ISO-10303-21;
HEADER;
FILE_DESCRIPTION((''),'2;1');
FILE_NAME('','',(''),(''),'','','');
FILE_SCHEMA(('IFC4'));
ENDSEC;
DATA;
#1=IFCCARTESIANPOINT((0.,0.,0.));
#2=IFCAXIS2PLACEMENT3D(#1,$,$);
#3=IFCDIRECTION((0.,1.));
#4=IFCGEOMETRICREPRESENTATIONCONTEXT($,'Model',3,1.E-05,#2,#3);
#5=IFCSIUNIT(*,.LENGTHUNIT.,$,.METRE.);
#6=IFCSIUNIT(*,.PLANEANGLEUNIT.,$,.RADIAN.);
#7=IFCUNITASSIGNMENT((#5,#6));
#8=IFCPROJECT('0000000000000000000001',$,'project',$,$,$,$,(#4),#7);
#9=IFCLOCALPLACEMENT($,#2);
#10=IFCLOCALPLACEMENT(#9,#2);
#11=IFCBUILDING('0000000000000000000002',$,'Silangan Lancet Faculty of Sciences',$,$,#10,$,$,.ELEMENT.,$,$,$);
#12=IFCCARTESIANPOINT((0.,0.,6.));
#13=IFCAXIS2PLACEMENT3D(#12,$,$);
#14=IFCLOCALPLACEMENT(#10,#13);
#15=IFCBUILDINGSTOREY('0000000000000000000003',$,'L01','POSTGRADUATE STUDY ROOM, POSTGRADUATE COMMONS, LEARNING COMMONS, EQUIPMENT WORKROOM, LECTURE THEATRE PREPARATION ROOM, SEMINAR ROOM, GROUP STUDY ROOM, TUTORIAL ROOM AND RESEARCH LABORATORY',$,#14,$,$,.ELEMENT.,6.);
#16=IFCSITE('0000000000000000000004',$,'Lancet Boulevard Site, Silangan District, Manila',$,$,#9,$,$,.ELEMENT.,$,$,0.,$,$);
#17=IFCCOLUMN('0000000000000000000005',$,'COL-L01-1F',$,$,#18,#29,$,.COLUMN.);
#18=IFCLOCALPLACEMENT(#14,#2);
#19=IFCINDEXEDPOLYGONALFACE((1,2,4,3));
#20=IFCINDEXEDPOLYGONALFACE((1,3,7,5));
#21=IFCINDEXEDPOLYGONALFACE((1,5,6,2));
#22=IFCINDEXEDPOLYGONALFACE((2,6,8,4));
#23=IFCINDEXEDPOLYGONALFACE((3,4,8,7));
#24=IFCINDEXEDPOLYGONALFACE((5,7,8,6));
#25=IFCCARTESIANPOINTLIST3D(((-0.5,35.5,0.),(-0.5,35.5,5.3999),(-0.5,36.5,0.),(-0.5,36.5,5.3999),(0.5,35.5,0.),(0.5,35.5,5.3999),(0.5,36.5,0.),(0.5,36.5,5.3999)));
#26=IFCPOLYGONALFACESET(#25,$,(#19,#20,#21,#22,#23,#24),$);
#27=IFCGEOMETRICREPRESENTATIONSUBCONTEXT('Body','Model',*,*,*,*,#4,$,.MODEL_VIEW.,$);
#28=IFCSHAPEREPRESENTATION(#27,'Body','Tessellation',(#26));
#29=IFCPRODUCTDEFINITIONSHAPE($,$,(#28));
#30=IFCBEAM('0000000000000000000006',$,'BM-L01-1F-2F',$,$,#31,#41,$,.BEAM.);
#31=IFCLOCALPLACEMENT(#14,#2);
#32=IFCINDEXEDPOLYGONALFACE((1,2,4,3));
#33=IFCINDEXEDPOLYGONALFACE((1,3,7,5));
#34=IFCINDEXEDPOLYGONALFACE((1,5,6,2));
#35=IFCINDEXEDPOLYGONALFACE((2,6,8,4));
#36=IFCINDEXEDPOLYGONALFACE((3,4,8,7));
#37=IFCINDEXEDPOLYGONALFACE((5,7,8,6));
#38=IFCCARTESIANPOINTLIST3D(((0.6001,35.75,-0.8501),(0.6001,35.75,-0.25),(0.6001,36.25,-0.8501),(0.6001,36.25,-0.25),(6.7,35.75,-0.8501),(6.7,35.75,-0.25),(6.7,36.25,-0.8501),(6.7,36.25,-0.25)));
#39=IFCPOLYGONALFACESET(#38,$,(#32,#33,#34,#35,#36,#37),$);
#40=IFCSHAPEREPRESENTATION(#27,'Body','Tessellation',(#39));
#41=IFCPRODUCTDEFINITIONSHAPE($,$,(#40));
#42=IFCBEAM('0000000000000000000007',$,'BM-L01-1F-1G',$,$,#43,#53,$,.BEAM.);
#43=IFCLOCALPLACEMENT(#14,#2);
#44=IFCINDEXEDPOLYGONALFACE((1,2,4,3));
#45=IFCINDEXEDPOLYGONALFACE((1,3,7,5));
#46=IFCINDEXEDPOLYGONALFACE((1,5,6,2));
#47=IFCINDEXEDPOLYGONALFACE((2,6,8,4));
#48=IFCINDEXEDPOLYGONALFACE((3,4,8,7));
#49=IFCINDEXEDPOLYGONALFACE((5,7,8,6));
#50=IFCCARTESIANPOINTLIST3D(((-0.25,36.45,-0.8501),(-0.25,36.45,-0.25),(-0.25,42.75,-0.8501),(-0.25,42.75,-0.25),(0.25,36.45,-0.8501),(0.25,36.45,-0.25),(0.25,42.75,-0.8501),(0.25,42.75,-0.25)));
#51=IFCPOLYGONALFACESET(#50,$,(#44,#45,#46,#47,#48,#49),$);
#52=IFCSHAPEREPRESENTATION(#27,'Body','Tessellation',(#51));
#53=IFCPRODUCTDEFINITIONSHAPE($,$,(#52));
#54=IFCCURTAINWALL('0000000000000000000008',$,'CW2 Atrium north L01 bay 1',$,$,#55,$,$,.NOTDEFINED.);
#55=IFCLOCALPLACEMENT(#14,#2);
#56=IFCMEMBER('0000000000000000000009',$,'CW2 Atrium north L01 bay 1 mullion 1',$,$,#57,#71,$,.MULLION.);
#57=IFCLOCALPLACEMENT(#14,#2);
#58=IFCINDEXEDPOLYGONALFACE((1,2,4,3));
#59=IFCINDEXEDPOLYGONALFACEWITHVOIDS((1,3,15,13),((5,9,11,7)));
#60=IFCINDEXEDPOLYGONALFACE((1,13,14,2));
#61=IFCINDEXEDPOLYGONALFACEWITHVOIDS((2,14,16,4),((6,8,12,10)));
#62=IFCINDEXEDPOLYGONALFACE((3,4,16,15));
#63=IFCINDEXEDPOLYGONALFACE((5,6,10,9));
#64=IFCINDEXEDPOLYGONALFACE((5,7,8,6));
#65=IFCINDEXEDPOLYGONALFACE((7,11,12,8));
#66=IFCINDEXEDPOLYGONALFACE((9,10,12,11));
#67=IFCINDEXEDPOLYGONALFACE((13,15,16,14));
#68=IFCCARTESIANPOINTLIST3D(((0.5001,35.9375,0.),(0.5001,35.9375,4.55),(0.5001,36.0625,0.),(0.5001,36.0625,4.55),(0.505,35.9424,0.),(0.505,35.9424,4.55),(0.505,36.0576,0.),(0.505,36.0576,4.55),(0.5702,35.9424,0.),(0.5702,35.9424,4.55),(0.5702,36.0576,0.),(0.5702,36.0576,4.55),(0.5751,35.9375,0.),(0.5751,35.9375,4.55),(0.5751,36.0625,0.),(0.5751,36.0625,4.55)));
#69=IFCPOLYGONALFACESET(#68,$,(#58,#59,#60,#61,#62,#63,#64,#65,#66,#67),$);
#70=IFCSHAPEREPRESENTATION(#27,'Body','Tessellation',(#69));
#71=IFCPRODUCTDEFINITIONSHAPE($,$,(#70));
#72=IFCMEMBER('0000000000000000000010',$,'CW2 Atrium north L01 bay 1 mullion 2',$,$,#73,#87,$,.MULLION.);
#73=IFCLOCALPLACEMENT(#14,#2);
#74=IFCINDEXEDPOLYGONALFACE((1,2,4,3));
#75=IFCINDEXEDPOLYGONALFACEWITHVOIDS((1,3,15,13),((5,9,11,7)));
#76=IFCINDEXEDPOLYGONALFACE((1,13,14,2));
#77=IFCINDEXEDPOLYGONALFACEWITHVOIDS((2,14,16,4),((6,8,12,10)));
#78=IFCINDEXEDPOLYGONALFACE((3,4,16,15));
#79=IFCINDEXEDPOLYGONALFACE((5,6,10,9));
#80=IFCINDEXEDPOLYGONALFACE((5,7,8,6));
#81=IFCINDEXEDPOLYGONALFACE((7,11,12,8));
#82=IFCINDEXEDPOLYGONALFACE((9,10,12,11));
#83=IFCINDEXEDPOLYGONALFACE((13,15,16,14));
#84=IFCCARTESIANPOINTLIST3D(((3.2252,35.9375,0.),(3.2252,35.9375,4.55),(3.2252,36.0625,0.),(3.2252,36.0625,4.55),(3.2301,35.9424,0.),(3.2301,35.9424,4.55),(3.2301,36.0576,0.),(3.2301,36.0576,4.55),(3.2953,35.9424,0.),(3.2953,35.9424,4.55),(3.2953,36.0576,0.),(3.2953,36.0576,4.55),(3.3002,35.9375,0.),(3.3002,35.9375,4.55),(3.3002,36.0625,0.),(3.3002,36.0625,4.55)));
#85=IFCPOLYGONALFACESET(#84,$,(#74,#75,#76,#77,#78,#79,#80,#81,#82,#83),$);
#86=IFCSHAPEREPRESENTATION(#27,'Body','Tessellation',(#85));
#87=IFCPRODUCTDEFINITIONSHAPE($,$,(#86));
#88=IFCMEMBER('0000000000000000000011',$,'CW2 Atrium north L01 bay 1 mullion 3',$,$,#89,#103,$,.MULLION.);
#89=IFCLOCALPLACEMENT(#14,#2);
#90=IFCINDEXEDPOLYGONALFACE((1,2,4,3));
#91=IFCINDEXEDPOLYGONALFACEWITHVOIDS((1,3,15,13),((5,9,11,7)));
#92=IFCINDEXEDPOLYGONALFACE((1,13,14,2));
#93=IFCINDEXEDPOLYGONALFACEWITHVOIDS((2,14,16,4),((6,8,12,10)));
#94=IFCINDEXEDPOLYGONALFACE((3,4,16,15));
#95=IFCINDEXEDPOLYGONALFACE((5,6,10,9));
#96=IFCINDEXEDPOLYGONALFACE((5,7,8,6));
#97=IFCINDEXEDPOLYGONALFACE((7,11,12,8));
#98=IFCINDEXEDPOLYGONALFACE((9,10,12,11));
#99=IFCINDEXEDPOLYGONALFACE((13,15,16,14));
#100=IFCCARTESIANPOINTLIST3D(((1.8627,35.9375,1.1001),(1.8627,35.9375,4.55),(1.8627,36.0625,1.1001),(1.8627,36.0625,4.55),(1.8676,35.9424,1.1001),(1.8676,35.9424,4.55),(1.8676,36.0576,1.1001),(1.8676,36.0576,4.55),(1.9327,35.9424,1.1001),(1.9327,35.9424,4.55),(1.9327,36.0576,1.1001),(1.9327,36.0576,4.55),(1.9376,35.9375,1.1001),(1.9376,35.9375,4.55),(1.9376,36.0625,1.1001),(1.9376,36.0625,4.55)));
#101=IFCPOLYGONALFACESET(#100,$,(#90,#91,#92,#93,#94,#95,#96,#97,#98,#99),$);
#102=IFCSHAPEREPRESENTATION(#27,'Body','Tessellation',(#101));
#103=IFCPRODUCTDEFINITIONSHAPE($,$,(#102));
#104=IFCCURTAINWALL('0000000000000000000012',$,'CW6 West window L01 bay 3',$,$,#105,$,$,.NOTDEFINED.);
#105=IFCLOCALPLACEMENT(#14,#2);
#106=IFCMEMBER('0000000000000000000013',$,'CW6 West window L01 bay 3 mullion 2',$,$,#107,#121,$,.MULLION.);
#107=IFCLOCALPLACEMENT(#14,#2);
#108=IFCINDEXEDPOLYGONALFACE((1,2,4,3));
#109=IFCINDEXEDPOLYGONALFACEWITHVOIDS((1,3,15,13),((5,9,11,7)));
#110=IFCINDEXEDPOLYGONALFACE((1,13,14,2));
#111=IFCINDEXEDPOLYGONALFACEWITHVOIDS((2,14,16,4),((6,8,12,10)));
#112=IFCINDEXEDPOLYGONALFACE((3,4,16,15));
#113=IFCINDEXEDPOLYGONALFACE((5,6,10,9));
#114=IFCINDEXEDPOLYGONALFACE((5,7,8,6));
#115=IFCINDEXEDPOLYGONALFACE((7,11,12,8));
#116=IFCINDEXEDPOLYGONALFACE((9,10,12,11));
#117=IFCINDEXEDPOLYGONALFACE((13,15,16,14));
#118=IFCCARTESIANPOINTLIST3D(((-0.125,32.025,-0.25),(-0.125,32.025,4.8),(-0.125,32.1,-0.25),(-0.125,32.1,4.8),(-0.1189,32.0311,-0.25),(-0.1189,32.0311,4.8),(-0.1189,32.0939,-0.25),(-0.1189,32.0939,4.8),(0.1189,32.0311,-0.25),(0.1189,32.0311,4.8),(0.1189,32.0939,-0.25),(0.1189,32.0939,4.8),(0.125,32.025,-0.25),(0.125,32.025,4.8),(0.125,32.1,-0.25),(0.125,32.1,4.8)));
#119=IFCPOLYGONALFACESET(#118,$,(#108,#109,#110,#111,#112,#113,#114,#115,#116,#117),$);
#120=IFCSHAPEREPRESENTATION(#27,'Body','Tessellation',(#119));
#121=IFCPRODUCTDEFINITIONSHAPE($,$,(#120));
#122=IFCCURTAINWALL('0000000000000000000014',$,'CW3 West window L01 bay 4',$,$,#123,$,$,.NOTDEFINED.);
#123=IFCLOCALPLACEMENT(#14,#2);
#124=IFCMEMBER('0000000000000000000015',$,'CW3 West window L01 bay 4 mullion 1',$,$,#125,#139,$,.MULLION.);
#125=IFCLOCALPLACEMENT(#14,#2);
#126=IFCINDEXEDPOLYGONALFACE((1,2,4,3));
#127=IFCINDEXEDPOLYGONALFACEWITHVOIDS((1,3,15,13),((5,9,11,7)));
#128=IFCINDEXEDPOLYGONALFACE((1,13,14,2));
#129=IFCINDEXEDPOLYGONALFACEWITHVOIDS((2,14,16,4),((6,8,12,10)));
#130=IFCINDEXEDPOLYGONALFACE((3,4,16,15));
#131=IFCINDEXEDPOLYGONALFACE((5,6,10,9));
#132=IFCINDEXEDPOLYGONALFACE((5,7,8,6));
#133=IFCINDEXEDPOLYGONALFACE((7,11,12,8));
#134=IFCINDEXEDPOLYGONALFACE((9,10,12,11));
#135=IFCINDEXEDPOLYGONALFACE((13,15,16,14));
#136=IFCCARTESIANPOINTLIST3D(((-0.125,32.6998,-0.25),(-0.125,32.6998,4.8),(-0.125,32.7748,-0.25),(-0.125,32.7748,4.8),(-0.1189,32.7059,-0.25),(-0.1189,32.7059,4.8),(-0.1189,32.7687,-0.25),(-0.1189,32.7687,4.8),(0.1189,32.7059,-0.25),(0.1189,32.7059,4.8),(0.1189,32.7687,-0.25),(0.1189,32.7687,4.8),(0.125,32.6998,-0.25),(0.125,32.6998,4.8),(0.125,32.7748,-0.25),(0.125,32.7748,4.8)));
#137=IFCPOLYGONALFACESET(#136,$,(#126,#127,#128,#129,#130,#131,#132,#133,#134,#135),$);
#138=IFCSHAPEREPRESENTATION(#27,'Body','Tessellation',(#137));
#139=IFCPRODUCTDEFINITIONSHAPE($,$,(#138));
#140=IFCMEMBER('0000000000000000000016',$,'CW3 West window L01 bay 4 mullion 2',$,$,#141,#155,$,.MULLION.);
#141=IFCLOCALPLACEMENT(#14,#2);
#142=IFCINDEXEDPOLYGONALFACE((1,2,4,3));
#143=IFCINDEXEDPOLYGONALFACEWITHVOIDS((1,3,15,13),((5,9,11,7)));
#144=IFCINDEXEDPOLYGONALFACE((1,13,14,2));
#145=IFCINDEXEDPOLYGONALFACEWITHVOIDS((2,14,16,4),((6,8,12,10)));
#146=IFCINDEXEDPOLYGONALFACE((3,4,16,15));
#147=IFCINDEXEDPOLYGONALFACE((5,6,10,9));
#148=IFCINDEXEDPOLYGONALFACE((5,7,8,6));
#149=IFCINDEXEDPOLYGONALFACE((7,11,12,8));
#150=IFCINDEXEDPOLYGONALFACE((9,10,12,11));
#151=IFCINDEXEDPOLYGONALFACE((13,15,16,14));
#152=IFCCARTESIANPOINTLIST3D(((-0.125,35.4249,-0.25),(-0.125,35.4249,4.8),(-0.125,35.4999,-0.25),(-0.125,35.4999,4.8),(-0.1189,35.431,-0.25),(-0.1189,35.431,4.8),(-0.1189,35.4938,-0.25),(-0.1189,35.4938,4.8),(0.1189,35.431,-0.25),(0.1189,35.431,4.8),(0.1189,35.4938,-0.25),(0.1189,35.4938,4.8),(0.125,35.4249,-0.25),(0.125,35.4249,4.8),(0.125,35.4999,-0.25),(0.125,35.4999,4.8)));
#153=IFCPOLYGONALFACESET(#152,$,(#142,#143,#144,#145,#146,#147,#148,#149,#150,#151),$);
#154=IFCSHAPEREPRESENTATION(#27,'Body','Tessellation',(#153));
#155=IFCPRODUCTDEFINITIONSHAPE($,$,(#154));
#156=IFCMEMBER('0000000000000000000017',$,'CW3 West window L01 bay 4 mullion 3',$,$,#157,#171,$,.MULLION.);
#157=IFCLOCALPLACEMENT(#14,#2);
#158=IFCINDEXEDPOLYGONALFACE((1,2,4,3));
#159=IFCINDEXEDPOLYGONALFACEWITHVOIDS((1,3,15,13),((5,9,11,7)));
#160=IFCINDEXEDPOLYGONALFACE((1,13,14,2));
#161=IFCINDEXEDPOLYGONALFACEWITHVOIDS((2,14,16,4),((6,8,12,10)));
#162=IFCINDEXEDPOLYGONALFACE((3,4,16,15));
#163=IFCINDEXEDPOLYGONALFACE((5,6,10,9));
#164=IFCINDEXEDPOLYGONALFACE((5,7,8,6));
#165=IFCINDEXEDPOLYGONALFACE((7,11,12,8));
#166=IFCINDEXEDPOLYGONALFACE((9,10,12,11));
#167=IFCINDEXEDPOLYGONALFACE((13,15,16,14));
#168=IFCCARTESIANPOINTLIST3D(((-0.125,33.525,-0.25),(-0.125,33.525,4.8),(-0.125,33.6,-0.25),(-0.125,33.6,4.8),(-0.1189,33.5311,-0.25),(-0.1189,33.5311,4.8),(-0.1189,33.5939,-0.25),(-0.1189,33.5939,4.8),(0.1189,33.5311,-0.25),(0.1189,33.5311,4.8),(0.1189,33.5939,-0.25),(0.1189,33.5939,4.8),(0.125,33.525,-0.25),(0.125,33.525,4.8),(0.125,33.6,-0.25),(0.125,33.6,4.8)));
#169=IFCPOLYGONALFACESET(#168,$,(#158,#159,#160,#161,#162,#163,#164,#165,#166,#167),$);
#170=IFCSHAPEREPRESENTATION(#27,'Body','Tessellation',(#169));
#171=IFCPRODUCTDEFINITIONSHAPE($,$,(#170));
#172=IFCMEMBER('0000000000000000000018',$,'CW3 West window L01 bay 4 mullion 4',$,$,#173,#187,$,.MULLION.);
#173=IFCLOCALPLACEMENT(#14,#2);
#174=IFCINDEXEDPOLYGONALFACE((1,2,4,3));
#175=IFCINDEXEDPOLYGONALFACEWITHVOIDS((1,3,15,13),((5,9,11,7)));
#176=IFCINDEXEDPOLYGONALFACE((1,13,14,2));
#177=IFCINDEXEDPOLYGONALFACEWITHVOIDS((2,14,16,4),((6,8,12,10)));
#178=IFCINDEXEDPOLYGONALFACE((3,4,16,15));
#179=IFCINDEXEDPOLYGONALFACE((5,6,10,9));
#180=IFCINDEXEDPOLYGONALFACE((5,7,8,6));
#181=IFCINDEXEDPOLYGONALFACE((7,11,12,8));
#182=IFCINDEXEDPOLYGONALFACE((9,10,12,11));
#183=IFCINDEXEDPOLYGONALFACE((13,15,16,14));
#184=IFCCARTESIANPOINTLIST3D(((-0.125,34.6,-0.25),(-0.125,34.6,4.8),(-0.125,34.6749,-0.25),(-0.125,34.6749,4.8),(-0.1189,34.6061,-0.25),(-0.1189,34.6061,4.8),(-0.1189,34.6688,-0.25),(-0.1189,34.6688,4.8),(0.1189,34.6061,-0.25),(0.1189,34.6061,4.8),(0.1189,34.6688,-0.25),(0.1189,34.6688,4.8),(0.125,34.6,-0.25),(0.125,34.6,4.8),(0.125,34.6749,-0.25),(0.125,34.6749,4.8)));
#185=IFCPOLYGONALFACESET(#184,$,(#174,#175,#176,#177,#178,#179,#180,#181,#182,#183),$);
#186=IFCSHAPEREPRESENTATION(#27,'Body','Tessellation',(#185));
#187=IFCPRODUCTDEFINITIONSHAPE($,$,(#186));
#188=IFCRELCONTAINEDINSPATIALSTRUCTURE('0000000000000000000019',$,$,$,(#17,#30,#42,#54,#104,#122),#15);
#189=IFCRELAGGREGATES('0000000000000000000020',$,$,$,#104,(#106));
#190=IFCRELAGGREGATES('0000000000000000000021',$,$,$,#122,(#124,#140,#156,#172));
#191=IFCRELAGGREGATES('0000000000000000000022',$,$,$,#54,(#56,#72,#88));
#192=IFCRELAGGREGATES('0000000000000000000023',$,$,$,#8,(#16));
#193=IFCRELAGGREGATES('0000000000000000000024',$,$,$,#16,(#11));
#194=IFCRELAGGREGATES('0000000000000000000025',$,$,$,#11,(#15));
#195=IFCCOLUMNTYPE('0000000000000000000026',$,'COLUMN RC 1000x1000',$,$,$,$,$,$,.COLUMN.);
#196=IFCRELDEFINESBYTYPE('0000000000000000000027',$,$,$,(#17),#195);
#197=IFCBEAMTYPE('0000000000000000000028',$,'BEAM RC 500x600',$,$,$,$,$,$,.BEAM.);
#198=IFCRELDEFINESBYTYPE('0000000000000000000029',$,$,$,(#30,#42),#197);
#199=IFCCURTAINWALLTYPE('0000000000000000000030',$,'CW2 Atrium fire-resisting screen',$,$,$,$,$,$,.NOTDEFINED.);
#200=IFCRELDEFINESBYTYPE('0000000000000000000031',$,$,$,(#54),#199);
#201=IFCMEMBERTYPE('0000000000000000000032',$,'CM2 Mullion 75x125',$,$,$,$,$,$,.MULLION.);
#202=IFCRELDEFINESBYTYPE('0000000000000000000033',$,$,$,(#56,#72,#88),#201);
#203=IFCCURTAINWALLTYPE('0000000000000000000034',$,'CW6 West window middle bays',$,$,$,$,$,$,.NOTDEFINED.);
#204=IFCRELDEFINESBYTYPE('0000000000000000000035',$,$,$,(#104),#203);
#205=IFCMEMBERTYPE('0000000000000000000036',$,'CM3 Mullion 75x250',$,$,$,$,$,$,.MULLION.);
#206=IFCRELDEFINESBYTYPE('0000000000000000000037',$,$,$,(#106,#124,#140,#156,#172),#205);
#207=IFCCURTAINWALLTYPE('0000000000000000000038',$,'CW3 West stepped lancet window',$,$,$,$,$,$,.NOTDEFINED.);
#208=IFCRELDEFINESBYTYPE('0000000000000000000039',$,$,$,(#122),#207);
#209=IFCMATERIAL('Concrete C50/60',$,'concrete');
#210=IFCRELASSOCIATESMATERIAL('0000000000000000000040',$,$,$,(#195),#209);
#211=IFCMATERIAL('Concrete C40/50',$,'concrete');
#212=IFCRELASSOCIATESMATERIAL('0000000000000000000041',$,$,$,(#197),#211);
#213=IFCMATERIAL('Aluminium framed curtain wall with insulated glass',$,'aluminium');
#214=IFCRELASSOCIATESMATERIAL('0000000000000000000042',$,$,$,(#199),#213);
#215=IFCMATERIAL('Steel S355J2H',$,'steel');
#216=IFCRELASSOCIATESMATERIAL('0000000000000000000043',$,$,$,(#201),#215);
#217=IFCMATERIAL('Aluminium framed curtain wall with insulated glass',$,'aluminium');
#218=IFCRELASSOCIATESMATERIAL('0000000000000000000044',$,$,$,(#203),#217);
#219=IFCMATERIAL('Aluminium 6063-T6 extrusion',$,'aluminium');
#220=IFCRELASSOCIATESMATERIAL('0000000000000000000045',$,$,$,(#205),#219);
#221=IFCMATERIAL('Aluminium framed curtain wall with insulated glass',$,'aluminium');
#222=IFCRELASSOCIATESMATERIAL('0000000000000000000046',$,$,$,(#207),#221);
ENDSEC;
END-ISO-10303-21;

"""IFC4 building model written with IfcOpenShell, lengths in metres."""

from ifc_helpers import new_model, si_unit, direction, frame, origin, origin_2d, place, context, subcontext, project, spatial, rectangle, hollow_rectangle, extrude, material, material_profile, profile_set, type_object, element, aggregate, save


model = new_model("IFC4")

# Units and contexts
model_context = context("Model", 3, precision=1e-05, world=origin(), true_north=direction((0.0, 1.0)))
body_context = subcontext(model_context, "Body", "Model", "MODEL_VIEW")
ifc_project = project(units=[si_unit("LENGTHUNIT", "METRE"), si_unit("PLANEANGLEUNIT", "RADIAN")], contexts=[model_context])

# Site, building, storey
site_placement = place(None, origin())
site = spatial("IfcSite", under=ifc_project, at=site_placement, Name="Lancet Boulevard Site, Silangan District, Manila", CompositionType="ELEMENT", RefElevation=0.0)
building_placement = place(site_placement, origin())
building = spatial("IfcBuilding", under=site, at=building_placement, Name="Silangan Lancet Faculty of Sciences", CompositionType="ELEMENT")
storey_placement = place(building_placement, frame((0.0, 0.0, 6.0)))
storey = spatial("IfcBuildingStorey", under=building, at=storey_placement, Name="L01", Description="POSTGRADUATE STUDY ROOM, POSTGRADUATE COMMONS, LEARNING COMMONS, EQUIPMENT WORKROOM, LECTURE THEATRE PREPARATION ROOM, SEMINAR ROOM, GROUP STUDY ROOM, TUTORIAL ROOM AND RESEARCH LABORATORY", CompositionType="ELEMENT", Elevation=6.0)

# Column
ifc_material_1 = material(Name="Concrete C50/60", Category="concrete")
ifc_material_profile_1 = material_profile(ifc_material_1, rectangle(XDim=1.0, YDim=1.0, at=origin_2d()), Name="RC 1000x1000")
ifc_profile_set_1 = profile_set([ifc_material_profile_1], Name="Concrete C50/60")
column_type = type_object("IfcColumnType", Name="COLUMN RC 1000x1000", PredefinedType="COLUMN", material=ifc_profile_set_1)
column_placement = place(storey_placement, frame((0.0, 36.0, 0.0), z_axis=(0.0, 0.0, 1.0), x_axis=(1.0, 0.0, 0.0)))
element("IfcColumn", 1, at=column_placement, inside=storey, type_object=column_type, Name="COL-L01-1F", PredefinedType="COLUMN", context=body_context, shape_type="SweptSolid", body=[
    extrude(rectangle(XDim=1.0, YDim=1.0, at=origin_2d()), origin(), (0.0, 0.0, 1.0), 5.3999),
])

# Beams
ifc_material_2 = material(Name="Concrete C40/50", Category="concrete")
ifc_material_profile_2 = material_profile(ifc_material_2, rectangle(XDim=0.5, YDim=0.6001, at=origin_2d()), Name="RC 500x600")
ifc_profile_set_2 = profile_set([ifc_material_profile_2], Name="Concrete C40/50")
beam_type = type_object("IfcBeamType", Name="BEAM RC 500x600", PredefinedType="BEAM", material=ifc_profile_set_2)
beam_1_placement = place(storey_placement, frame((0.6001, 36.0, -0.55), z_axis=(1.0, 0.0, 0.0), x_axis=(0.0, 1.0, 0.0)))
element("IfcBeam", 2, at=beam_1_placement, inside=storey, type_object=beam_type, Name="BM-L01-1F-2F", PredefinedType="BEAM", context=body_context, shape_type="SweptSolid", body=[
    extrude(rectangle(XDim=0.5, YDim=0.6001, at=origin_2d()), origin(), (0.0, 0.0, 1.0), 6.0999),
])
beam_2_placement = place(storey_placement, frame((0.0, 36.45, -0.55), z_axis=(0.0, 1.0, 0.0), x_axis=(-1.0, 0.0, 0.0)))
element("IfcBeam", 3, at=beam_2_placement, inside=storey, type_object=beam_type, Name="BM-L01-1F-1G", PredefinedType="BEAM", context=body_context, shape_type="SweptSolid", body=[
    extrude(rectangle(XDim=0.5, YDim=0.6001, at=origin_2d()), origin(), (0.0, 0.0, 1.0), 6.3),
])

# Curtain wall, members
ifc_material_3 = material(Name="Aluminium framed curtain wall with insulated glass", Category="aluminium")
curtain_wall_type_1 = type_object("IfcCurtainWallType", Name="CW2 Atrium fire-resisting screen", PredefinedType="NOTDEFINED", material=ifc_material_3)
curtain_wall_1_placement = place(storey_placement, origin())
curtain_wall_1 = element("IfcCurtainWall", 4, at=curtain_wall_1_placement, inside=storey, type_object=curtain_wall_type_1, Name="CW2 Atrium north L01 bay 1", PredefinedType="NOTDEFINED")
ifc_material_4 = material(Name="Steel S355J2H", Category="steel")
ifc_material_profile_3 = material_profile(ifc_material_4, hollow_rectangle(XDim=0.075, YDim=0.125, WallThickness=0.0049, at=origin_2d()), Name="ST BOX 75x125x5")
ifc_profile_set_3 = profile_set([ifc_material_profile_3], Name="Steel S355J2H")
member_type_1 = type_object("IfcMemberType", Name="CM2 Mullion 75x125", PredefinedType="MULLION", material=ifc_profile_set_3)
member_1_placement = place(storey_placement, frame((0.5376, 36.0, 0.0), z_axis=(0.0, 0.0, 1.0), x_axis=(1.0, 0.0, 0.0)))
member_1 = element("IfcMember", 5, at=member_1_placement, type_object=member_type_1, Name="CW2 Atrium north L01 bay 1 mullion 1", PredefinedType="MULLION", context=body_context, shape_type="SweptSolid", body=[
    extrude(hollow_rectangle(XDim=0.075, YDim=0.125, WallThickness=0.0049, at=origin_2d()), origin(), (0.0, 0.0, 1.0), 4.55),
])
member_2_placement = place(storey_placement, frame((3.2627, 36.0, 0.0), z_axis=(0.0, 0.0, 1.0), x_axis=(1.0, 0.0, 0.0)))
member_2 = element("IfcMember", 6, at=member_2_placement, type_object=member_type_1, Name="CW2 Atrium north L01 bay 1 mullion 2", PredefinedType="MULLION", context=body_context, shape_type="SweptSolid", body=[
    extrude(hollow_rectangle(XDim=0.075, YDim=0.125, WallThickness=0.0049, at=origin_2d()), origin(), (0.0, 0.0, 1.0), 4.55),
])
member_3_placement = place(storey_placement, frame((1.9001, 36.0, 1.1001), z_axis=(0.0, 0.0, 1.0), x_axis=(1.0, 0.0, 0.0)))
member_3 = element("IfcMember", 7, at=member_3_placement, type_object=member_type_1, Name="CW2 Atrium north L01 bay 1 mullion 3", PredefinedType="MULLION", context=body_context, shape_type="SweptSolid", body=[
    extrude(hollow_rectangle(XDim=0.075, YDim=0.125, WallThickness=0.0049, at=origin_2d()), origin(), (0.0, 0.0, 1.0), 3.45),
])

# Curtain wall, member
ifc_material_5 = material(Name="Aluminium framed curtain wall with insulated glass", Category="aluminium")
curtain_wall_type_2 = type_object("IfcCurtainWallType", Name="CW6 West window middle bays", PredefinedType="NOTDEFINED", material=ifc_material_5)
curtain_wall_2_placement = place(storey_placement, origin())
curtain_wall_2 = element("IfcCurtainWall", 8, at=curtain_wall_2_placement, inside=storey, type_object=curtain_wall_type_2, Name="CW6 West window L01 bay 3", PredefinedType="NOTDEFINED")
ifc_material_6 = material(Name="Aluminium 6063-T6 extrusion", Category="aluminium")
ifc_material_profile_4 = material_profile(ifc_material_6, hollow_rectangle(XDim=0.075, YDim=0.25, WallThickness=0.0061, at=origin_2d()), Name="AL BOX 75x250x6")
ifc_profile_set_4 = profile_set([ifc_material_profile_4], Name="Aluminium 6063-T6 extrusion")
member_type_2 = type_object("IfcMemberType", Name="CM3 Mullion 75x250", PredefinedType="MULLION", material=ifc_profile_set_4)
member_4_placement = place(storey_placement, frame((0.0, 32.0625, -0.25), z_axis=(0.0, 0.0, 1.0), x_axis=(0.0, 1.0, 0.0)))
member_4 = element("IfcMember", 9, at=member_4_placement, type_object=member_type_2, Name="CW6 West window L01 bay 3 mullion 2", PredefinedType="MULLION", context=body_context, shape_type="SweptSolid", body=[
    extrude(hollow_rectangle(XDim=0.075, YDim=0.25, WallThickness=0.0061, at=origin_2d()), origin(), (0.0, 0.0, 1.0), 5.05),
])

# Curtain wall, members
ifc_material_7 = material(Name="Aluminium framed curtain wall with insulated glass", Category="aluminium")
curtain_wall_type_3 = type_object("IfcCurtainWallType", Name="CW3 West stepped lancet window", PredefinedType="NOTDEFINED", material=ifc_material_7)
curtain_wall_3_placement = place(storey_placement, origin())
curtain_wall_3 = element("IfcCurtainWall", 10, at=curtain_wall_3_placement, inside=storey, type_object=curtain_wall_type_3, Name="CW3 West window L01 bay 4", PredefinedType="NOTDEFINED")
member_5_placement = place(storey_placement, frame((0.0, 32.7373, -0.25), z_axis=(0.0, 0.0, 1.0), x_axis=(0.0, 1.0, 0.0)))
member_5 = element("IfcMember", 11, at=member_5_placement, type_object=member_type_2, Name="CW3 West window L01 bay 4 mullion 1", PredefinedType="MULLION", context=body_context, shape_type="SweptSolid", body=[
    extrude(hollow_rectangle(XDim=0.075, YDim=0.25, WallThickness=0.0061, at=origin_2d()), origin(), (0.0, 0.0, 1.0), 5.05),
])
member_6_placement = place(storey_placement, frame((0.0, 35.4624, -0.25), z_axis=(0.0, 0.0, 1.0), x_axis=(0.0, 1.0, 0.0)))
member_6 = element("IfcMember", 12, at=member_6_placement, type_object=member_type_2, Name="CW3 West window L01 bay 4 mullion 2", PredefinedType="MULLION", context=body_context, shape_type="SweptSolid", body=[
    extrude(hollow_rectangle(XDim=0.075, YDim=0.25, WallThickness=0.0061, at=origin_2d()), origin(), (0.0, 0.0, 1.0), 5.05),
])
member_7_placement = place(storey_placement, frame((0.0, 33.5625, -0.25), z_axis=(0.0, 0.0, 1.0), x_axis=(0.0, 1.0, 0.0)))
member_7 = element("IfcMember", 13, at=member_7_placement, type_object=member_type_2, Name="CW3 West window L01 bay 4 mullion 3", PredefinedType="MULLION", context=body_context, shape_type="SweptSolid", body=[
    extrude(hollow_rectangle(XDim=0.075, YDim=0.25, WallThickness=0.0061, at=origin_2d()), origin(), (0.0, 0.0, 1.0), 5.05),
])
member_8_placement = place(storey_placement, frame((0.0, 34.6375, -0.25), z_axis=(0.0, 0.0, 1.0), x_axis=(0.0, 1.0, 0.0)))
member_8 = element("IfcMember", 14, at=member_8_placement, type_object=member_type_2, Name="CW3 West window L01 bay 4 mullion 4", PredefinedType="MULLION", context=body_context, shape_type="SweptSolid", body=[
    extrude(hollow_rectangle(XDim=0.075, YDim=0.25, WallThickness=0.0061, at=origin_2d()), origin(), (0.0, 0.0, 1.0), 5.05),
])

aggregate(curtain_wall_2, [member_4])
aggregate(curtain_wall_3, [member_5, member_6, member_7, member_8])
aggregate(curtain_wall_1, [member_1, member_2, member_3])

save(model, "model.ifc")
